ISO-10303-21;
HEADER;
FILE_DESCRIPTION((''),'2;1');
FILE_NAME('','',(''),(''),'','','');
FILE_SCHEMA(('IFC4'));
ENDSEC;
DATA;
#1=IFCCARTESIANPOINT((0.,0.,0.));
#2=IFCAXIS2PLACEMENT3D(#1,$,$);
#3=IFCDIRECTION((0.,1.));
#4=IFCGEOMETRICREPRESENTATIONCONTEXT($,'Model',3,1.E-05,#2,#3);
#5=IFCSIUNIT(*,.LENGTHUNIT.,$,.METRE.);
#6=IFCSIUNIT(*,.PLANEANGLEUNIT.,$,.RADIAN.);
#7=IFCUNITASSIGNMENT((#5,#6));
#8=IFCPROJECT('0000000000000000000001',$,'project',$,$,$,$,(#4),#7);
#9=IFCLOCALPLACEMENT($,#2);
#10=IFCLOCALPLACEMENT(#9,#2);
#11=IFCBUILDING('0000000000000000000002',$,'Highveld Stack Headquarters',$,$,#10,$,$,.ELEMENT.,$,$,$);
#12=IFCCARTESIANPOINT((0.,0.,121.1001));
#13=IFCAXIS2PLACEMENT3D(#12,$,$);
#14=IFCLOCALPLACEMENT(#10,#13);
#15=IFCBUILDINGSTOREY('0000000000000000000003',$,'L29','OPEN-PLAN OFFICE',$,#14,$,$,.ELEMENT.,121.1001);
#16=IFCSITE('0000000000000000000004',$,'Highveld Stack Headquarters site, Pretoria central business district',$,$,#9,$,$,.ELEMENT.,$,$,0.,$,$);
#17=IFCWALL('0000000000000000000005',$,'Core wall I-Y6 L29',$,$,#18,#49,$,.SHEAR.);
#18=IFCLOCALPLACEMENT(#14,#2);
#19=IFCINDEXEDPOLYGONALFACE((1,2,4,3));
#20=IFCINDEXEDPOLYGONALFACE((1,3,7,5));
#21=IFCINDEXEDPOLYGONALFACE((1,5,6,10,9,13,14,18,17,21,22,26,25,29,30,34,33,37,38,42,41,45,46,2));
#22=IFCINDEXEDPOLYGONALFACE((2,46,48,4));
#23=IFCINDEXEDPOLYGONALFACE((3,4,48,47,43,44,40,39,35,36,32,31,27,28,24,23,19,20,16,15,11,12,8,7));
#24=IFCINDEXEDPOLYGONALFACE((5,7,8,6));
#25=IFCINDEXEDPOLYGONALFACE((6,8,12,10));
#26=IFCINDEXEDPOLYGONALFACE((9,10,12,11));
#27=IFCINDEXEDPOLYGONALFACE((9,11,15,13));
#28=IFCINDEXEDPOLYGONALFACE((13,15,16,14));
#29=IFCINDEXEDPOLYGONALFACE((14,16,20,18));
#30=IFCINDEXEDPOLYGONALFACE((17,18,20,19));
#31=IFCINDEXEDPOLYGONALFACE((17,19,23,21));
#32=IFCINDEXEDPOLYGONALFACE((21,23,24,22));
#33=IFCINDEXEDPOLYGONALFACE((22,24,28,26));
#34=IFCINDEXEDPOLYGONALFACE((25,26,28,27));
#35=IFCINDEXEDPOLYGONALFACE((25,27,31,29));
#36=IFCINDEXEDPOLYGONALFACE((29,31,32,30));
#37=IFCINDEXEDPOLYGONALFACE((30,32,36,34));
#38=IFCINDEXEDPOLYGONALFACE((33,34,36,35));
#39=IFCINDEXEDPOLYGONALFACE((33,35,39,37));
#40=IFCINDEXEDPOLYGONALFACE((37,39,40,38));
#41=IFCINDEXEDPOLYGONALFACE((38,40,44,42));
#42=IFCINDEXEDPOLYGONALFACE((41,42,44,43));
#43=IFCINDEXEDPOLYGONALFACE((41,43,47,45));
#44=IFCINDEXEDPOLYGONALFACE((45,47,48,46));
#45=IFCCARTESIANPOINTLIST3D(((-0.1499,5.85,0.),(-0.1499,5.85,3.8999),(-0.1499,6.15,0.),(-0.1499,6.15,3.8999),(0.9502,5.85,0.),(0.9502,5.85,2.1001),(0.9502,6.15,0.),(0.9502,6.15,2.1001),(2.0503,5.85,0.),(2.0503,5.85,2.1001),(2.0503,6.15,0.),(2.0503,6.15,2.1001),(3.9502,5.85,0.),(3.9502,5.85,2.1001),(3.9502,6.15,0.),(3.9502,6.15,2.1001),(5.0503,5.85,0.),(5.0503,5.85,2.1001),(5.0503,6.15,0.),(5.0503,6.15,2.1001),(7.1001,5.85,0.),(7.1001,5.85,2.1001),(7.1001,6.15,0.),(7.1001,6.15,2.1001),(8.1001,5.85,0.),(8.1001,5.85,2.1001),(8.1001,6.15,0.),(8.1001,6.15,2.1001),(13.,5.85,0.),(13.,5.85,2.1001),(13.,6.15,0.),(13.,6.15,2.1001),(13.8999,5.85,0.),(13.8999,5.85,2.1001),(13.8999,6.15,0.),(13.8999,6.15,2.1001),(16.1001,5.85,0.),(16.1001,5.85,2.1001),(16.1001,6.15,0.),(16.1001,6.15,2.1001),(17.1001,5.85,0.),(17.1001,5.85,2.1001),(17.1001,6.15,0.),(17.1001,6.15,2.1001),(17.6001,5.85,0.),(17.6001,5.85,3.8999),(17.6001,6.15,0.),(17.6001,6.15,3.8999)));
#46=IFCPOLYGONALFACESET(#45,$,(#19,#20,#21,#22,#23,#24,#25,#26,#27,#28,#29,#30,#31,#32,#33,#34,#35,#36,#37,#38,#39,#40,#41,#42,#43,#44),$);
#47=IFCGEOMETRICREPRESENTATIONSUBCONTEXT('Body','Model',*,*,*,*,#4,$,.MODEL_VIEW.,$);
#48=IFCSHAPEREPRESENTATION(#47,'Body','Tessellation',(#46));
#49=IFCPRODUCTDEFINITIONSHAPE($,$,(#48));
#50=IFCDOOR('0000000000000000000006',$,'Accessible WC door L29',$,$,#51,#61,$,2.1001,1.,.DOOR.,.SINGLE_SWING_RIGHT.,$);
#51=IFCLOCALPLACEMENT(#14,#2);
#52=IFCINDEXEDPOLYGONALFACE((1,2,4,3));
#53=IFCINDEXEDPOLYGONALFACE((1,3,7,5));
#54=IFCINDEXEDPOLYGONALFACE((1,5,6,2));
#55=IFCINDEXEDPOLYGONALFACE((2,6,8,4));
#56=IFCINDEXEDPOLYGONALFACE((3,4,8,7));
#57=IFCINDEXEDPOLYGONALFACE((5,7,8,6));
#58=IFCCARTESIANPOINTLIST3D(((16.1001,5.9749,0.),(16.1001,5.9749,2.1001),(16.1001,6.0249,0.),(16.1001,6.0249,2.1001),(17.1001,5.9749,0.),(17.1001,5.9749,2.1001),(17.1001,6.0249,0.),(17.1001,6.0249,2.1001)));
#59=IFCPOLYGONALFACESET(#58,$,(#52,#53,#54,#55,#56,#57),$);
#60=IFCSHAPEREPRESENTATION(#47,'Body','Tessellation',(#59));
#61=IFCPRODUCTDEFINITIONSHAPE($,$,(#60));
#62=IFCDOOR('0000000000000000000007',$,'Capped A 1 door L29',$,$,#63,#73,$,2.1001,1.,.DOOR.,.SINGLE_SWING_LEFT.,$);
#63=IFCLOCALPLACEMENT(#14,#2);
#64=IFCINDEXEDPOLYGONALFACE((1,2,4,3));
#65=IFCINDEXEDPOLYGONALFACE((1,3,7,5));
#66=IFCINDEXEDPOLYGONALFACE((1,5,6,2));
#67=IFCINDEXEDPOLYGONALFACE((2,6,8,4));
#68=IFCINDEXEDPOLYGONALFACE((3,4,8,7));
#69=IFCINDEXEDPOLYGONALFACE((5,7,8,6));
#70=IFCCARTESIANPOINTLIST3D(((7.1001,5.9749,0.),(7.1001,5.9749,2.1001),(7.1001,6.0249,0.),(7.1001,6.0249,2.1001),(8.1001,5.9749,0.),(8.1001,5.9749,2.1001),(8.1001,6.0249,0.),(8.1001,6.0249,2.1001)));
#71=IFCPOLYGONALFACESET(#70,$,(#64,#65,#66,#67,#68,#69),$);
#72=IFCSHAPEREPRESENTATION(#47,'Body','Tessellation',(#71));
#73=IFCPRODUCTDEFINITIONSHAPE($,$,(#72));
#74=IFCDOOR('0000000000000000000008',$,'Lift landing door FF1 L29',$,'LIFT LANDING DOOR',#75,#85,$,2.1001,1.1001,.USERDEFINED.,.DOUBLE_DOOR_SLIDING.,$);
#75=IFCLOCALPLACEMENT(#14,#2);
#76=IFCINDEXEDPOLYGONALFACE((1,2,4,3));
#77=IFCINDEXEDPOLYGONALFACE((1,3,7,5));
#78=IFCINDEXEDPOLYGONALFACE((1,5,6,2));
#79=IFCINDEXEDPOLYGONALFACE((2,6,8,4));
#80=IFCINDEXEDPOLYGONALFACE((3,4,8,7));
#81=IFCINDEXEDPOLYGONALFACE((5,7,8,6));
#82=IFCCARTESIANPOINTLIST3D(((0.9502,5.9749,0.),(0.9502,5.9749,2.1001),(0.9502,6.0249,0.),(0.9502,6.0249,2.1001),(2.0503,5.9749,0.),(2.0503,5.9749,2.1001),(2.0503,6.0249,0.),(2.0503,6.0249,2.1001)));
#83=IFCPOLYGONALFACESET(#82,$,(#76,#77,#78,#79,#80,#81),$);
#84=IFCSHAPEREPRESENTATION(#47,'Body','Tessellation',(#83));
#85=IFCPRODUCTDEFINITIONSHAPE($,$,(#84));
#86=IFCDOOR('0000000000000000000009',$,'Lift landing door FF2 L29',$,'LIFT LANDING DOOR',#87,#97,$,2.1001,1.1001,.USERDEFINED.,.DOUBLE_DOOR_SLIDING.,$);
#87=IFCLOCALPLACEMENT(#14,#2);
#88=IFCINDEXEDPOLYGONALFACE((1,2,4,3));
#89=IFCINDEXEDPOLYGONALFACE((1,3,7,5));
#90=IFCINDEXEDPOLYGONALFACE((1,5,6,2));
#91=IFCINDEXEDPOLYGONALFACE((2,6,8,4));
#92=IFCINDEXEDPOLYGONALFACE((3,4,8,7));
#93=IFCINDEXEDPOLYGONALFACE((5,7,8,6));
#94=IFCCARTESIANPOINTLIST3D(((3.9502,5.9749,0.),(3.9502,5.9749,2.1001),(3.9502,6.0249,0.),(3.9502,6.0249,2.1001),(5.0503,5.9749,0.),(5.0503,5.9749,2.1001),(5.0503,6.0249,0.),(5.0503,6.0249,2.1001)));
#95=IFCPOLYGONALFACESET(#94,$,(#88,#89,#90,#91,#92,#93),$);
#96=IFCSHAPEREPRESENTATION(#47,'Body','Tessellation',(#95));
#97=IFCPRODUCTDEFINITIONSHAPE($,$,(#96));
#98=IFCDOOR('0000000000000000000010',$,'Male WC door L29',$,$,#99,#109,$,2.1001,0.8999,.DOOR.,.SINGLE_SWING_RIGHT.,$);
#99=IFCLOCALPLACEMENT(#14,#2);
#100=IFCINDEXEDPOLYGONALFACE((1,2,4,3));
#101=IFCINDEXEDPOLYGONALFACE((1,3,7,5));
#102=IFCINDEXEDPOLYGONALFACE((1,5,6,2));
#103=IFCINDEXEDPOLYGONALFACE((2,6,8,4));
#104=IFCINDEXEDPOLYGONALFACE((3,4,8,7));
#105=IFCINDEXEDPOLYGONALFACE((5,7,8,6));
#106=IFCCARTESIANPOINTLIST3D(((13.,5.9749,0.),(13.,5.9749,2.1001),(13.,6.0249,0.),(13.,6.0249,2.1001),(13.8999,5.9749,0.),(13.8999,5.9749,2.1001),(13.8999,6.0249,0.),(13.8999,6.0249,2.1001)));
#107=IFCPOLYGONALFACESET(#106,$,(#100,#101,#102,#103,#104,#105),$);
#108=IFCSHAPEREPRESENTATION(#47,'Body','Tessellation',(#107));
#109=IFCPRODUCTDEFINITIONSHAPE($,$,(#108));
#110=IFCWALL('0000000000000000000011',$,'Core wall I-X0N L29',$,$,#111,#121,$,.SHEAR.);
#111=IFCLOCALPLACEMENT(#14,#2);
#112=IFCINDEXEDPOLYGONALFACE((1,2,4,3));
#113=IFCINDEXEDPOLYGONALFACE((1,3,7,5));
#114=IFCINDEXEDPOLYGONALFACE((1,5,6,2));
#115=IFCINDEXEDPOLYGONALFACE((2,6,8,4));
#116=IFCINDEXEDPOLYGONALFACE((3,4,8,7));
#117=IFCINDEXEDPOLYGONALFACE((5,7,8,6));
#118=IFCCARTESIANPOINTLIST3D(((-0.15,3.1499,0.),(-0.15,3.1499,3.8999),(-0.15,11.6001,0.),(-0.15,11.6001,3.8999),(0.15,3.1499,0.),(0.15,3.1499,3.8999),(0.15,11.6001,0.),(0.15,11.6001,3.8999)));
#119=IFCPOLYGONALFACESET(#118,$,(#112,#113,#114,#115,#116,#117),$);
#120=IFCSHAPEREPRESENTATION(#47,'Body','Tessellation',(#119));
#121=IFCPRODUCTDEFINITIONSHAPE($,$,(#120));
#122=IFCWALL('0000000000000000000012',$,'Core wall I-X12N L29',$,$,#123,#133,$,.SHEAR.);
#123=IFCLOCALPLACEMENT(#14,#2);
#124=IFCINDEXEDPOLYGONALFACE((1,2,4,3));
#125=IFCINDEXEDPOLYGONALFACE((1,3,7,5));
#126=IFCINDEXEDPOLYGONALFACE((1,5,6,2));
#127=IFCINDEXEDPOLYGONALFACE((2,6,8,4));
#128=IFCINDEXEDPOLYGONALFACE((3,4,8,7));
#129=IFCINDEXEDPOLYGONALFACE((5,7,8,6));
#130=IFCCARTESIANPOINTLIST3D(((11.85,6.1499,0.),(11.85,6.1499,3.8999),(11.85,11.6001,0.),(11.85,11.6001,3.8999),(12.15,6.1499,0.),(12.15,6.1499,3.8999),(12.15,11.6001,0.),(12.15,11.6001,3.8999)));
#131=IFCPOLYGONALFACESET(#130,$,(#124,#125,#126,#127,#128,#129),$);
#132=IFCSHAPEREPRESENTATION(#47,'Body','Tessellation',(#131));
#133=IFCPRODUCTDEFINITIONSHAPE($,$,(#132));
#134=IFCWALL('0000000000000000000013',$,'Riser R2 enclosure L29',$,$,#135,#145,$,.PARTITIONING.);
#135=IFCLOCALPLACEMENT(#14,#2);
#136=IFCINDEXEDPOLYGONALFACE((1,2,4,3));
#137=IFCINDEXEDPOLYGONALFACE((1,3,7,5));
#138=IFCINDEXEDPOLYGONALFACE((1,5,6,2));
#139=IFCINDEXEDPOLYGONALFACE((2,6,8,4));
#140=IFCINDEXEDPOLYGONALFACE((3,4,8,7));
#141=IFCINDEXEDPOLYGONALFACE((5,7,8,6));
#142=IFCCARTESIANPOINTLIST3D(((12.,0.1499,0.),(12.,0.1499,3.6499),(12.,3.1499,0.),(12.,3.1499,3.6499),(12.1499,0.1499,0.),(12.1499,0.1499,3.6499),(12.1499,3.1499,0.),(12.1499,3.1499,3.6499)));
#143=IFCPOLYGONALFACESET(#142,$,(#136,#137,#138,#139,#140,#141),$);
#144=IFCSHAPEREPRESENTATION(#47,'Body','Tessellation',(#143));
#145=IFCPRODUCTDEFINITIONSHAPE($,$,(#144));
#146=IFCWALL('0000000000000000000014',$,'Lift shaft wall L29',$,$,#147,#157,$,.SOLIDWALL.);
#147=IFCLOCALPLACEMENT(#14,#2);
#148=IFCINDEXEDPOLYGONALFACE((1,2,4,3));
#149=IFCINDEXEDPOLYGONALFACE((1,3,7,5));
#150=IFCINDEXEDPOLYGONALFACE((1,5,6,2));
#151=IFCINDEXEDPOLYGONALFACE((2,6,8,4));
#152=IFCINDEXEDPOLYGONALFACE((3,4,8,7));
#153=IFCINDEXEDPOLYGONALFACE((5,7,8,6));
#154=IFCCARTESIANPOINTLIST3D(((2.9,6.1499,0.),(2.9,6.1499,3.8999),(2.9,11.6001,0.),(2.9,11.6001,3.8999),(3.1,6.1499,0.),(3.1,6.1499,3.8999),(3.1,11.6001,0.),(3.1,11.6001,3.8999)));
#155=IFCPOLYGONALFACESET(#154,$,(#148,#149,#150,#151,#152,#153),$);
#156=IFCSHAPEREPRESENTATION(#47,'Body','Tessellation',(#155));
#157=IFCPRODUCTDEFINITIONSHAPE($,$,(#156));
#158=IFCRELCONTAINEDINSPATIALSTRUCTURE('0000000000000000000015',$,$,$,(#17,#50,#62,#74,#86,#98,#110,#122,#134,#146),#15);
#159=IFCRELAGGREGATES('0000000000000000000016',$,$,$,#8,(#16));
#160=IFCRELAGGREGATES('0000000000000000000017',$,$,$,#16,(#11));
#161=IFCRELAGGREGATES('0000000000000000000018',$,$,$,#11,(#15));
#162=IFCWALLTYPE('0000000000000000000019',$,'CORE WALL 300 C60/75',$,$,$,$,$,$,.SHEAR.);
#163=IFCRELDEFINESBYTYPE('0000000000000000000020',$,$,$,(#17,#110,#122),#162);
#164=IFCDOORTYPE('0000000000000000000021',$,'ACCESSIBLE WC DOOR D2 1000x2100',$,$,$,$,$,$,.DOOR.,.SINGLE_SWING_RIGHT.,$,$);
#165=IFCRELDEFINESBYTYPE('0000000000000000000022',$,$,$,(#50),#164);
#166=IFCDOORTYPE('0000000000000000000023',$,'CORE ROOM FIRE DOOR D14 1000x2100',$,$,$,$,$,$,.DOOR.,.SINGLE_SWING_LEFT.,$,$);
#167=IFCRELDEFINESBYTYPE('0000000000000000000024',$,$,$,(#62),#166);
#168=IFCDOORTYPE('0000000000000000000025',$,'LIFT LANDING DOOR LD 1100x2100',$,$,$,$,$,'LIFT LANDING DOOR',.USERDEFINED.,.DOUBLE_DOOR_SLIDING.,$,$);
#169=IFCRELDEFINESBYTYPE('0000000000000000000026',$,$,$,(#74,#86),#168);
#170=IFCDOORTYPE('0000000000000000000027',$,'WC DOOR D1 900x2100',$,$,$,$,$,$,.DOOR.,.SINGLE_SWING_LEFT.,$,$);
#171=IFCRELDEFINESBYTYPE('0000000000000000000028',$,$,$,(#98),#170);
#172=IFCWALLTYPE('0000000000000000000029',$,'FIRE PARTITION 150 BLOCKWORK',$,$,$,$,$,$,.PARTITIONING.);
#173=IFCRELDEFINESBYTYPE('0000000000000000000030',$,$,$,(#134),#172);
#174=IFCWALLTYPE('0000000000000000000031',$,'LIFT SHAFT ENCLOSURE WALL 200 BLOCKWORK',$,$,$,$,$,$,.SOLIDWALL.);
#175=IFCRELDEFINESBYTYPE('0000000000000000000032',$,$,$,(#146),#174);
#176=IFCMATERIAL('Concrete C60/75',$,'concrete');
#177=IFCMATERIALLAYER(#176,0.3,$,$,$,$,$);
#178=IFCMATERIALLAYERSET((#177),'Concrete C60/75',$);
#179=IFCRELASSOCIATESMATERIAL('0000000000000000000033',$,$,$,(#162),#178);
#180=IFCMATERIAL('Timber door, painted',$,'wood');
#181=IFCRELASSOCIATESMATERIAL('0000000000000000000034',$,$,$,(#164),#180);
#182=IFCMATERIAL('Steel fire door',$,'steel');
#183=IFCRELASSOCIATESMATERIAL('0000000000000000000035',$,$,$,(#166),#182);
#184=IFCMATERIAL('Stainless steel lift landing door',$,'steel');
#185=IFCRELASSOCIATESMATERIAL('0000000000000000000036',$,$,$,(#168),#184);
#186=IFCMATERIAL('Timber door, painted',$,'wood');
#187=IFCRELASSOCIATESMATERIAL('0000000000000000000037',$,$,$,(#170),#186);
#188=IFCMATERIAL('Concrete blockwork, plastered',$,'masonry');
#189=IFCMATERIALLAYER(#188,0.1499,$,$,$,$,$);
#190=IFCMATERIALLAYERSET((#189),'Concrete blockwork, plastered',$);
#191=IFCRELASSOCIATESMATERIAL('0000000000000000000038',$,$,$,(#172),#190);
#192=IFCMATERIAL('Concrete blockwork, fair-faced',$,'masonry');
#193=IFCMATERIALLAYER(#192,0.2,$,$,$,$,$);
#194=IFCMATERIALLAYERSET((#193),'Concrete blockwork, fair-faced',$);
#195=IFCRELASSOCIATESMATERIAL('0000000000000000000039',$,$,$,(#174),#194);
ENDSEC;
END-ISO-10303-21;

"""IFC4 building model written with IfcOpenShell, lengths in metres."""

from ifc_helpers import new_model, si_unit, direction, frame, frame_2d, origin, place, context, subcontext, project, spatial, rectangle, extrude, material, layer, layer_set, type_object, element, fill, save


model = new_model("IFC4")

# Units and contexts
model_context = context("Model", 3, precision=1e-05, world=origin(), true_north=direction((0.0, 1.0)))
body_context = subcontext(model_context, "Body", "Model", "MODEL_VIEW")
ifc_project = project(units=[si_unit("LENGTHUNIT", "METRE"), si_unit("PLANEANGLEUNIT", "RADIAN")], contexts=[model_context])

# Site, building, storey
site_placement = place(None, origin())
site = spatial("IfcSite", under=ifc_project, at=site_placement, Name="Highveld Stack Headquarters site, Pretoria central business district", CompositionType="ELEMENT", RefElevation=0.0)
building_placement = place(site_placement, origin())
building = spatial("IfcBuilding", under=site, at=building_placement, Name="Highveld Stack Headquarters", CompositionType="ELEMENT")
storey_placement = place(building_placement, frame((0.0, 0.0, 121.1001)))
storey = spatial("IfcBuildingStorey", under=building, at=storey_placement, Name="L29", Description="OPEN-PLAN OFFICE", CompositionType="ELEMENT", Elevation=121.1001)

# Wall, openings, doors
ifc_material_1 = material(Name="Concrete C60/75", Category="concrete")
ifc_layer_1 = layer(ifc_material_1, 0.3)
ifc_layer_set_1 = layer_set([ifc_layer_1], Name="Concrete C60/75")
wall_type_1 = type_object("IfcWallType", Name="CORE WALL 300 C60/75", PredefinedType="SHEAR", material=ifc_layer_set_1)
wall_1_placement = place(storey_placement, frame((-0.1499, 6.0, 0.0), z_axis=(0.0, 0.0, 1.0), x_axis=(1.0, 0.0, 0.0)))
wall_1 = element("IfcWall", 1, at=wall_1_placement, inside=storey, type_object=wall_type_1, Name="Core wall I-Y6 L29", PredefinedType="SHEAR", context=body_context, shape_type="SweptSolid", body=[
    extrude(rectangle(XDim=17.75, YDim=0.3, at=frame_2d((8.875, 0.0))), origin(), (0.0, 0.0, 1.0), 3.8999),
])
opening_1_placement = place(wall_1_placement, frame((13.1499, 0.0, 0.0)))
opening_1 = element("IfcOpeningElement", 2, at=opening_1_placement, cuts=wall_1, PredefinedType="OPENING", context=body_context, shape_type="SweptSolid", body=[
    extrude(rectangle(XDim=0.8999, YDim=2.1001, at=frame_2d((0.45, 1.05))), frame((0.0, 0.1599, 0.0), z_axis=(0.0, -1.0, 0.0), x_axis=(1.0, 0.0, 0.0)), (0.0, 0.0, 1.0), 0.3201),
])
opening_2_placement = place(wall_1_placement, frame((16.25, 0.0, 0.0)))
opening_2 = element("IfcOpeningElement", 3, at=opening_2_placement, cuts=wall_1, PredefinedType="OPENING", context=body_context, shape_type="SweptSolid", body=[
    extrude(rectangle(XDim=1.0, YDim=2.1001, at=frame_2d((0.5, 1.05))), frame((0.0, 0.1599, 0.0), z_axis=(0.0, -1.0, 0.0), x_axis=(1.0, 0.0, 0.0)), (0.0, 0.0, 1.0), 0.3201),
])
opening_3_placement = place(wall_1_placement, frame((7.25, 0.0, 0.0)))
opening_3 = element("IfcOpeningElement", 4, at=opening_3_placement, cuts=wall_1, PredefinedType="OPENING", context=body_context, shape_type="SweptSolid", body=[
    extrude(rectangle(XDim=1.0, YDim=2.1001, at=frame_2d((0.5, 1.05))), frame((0.0, 0.1599, 0.0), z_axis=(0.0, -1.0, 0.0), x_axis=(1.0, 0.0, 0.0)), (0.0, 0.0, 1.0), 0.3201),
])
opening_4_placement = place(wall_1_placement, frame((1.1001, 0.0, 0.0)))
opening_4 = element("IfcOpeningElement", 5, at=opening_4_placement, cuts=wall_1, PredefinedType="OPENING", context=body_context, shape_type="SweptSolid", body=[
    extrude(rectangle(XDim=1.1001, YDim=2.1001, at=frame_2d((0.55, 1.05))), frame((0.0, 0.1599, 0.0), z_axis=(0.0, -1.0, 0.0), x_axis=(1.0, 0.0, 0.0)), (0.0, 0.0, 1.0), 0.3201),
])
opening_5_placement = place(wall_1_placement, frame((4.1001, 0.0, 0.0)))
opening_5 = element("IfcOpeningElement", 6, at=opening_5_placement, cuts=wall_1, PredefinedType="OPENING", context=body_context, shape_type="SweptSolid", body=[
    extrude(rectangle(XDim=1.1001, YDim=2.1001, at=frame_2d((0.55, 1.05))), frame((0.0, 0.1599, 0.0), z_axis=(0.0, -1.0, 0.0), x_axis=(1.0, 0.0, 0.0)), (0.0, 0.0, 1.0), 0.3201),
])
ifc_material_2 = material(Name="Timber door, painted", Category="wood")
door_type_1 = type_object("IfcDoorType", Name="ACCESSIBLE WC DOOR D2 1000x2100", OperationType="SINGLE_SWING_RIGHT", PredefinedType="DOOR", material=ifc_material_2)
door_1_placement = place(opening_2_placement, origin())
door_1 = element("IfcDoor", 7, at=door_1_placement, inside=storey, type_object=door_type_1, Name="Accessible WC door L29", OperationType="SINGLE_SWING_RIGHT", OverallHeight=2.1001, OverallWidth=1.0, PredefinedType="DOOR", context=body_context, shape_type="SweptSolid", body=[
    extrude(rectangle(XDim=1.0, YDim=2.1001, at=frame_2d((0.5, 1.05))), frame((0.0, 0.0249, 0.0), z_axis=(0.0, -1.0, 0.0), x_axis=(1.0, 0.0, 0.0)), (0.0, 0.0, 1.0), 0.05),
])
fill(opening_2, door_1)
ifc_material_3 = material(Name="Steel fire door", Category="steel")
door_type_2 = type_object("IfcDoorType", Name="CORE ROOM FIRE DOOR D14 1000x2100", OperationType="SINGLE_SWING_LEFT", PredefinedType="DOOR", material=ifc_material_3)
door_2_placement = place(opening_3_placement, origin())
door_2 = element("IfcDoor", 8, at=door_2_placement, inside=storey, type_object=door_type_2, Name="Capped A 1 door L29", OperationType="SINGLE_SWING_LEFT", OverallHeight=2.1001, OverallWidth=1.0, PredefinedType="DOOR", context=body_context, shape_type="SweptSolid", body=[
    extrude(rectangle(XDim=1.0, YDim=2.1001, at=frame_2d((0.5, 1.05))), frame((0.0, 0.0249, 0.0), z_axis=(0.0, -1.0, 0.0), x_axis=(1.0, 0.0, 0.0)), (0.0, 0.0, 1.0), 0.05),
])
fill(opening_3, door_2)
ifc_material_4 = material(Name="Stainless steel lift landing door", Category="steel")
door_type_3 = type_object("IfcDoorType", Name="LIFT LANDING DOOR LD 1100x2100", ElementType="LIFT LANDING DOOR", OperationType="DOUBLE_DOOR_SLIDING", PredefinedType="USERDEFINED", material=ifc_material_4)
door_3_placement = place(opening_4_placement, origin())
door_3 = element("IfcDoor", 9, at=door_3_placement, inside=storey, type_object=door_type_3, Name="Lift landing door FF1 L29", ObjectType="LIFT LANDING DOOR", OperationType="DOUBLE_DOOR_SLIDING", OverallHeight=2.1001, OverallWidth=1.1001, PredefinedType="USERDEFINED", context=body_context, shape_type="SweptSolid", body=[
    extrude(rectangle(XDim=1.1001, YDim=2.1001, at=frame_2d((0.55, 1.05))), frame((0.0, 0.0249, 0.0), z_axis=(0.0, -1.0, 0.0), x_axis=(1.0, 0.0, 0.0)), (0.0, 0.0, 1.0), 0.05),
])
fill(opening_4, door_3)
door_4_placement = place(opening_5_placement, origin())
door_4 = element("IfcDoor", 10, at=door_4_placement, inside=storey, type_object=door_type_3, Name="Lift landing door FF2 L29", ObjectType="LIFT LANDING DOOR", OperationType="DOUBLE_DOOR_SLIDING", OverallHeight=2.1001, OverallWidth=1.1001, PredefinedType="USERDEFINED", context=body_context, shape_type="SweptSolid", body=[
    extrude(rectangle(XDim=1.1001, YDim=2.1001, at=frame_2d((0.55, 1.05))), frame((0.0, 0.0249, 0.0), z_axis=(0.0, -1.0, 0.0), x_axis=(1.0, 0.0, 0.0)), (0.0, 0.0, 1.0), 0.05),
])
fill(opening_5, door_4)
ifc_material_5 = material(Name="Timber door, painted", Category="wood")
door_type_4 = type_object("IfcDoorType", Name="WC DOOR D1 900x2100", OperationType="SINGLE_SWING_LEFT", PredefinedType="DOOR", material=ifc_material_5)
door_5_placement = place(opening_1_placement, origin())
door_5 = element("IfcDoor", 11, at=door_5_placement, inside=storey, type_object=door_type_4, Name="Male WC door L29", OperationType="SINGLE_SWING_RIGHT", OverallHeight=2.1001, OverallWidth=0.8999, PredefinedType="DOOR", context=body_context, shape_type="SweptSolid", body=[
    extrude(rectangle(XDim=0.8999, YDim=2.1001, at=frame_2d((0.45, 1.05))), frame((0.0, 0.0249, 0.0), z_axis=(0.0, -1.0, 0.0), x_axis=(1.0, 0.0, 0.0)), (0.0, 0.0, 1.0), 0.05),
])
fill(opening_1, door_5)

# Walls
wall_2_placement = place(storey_placement, frame((0.0, 3.1499, 0.0), z_axis=(0.0, 0.0, 1.0), x_axis=(0.0, 1.0, 0.0)))
element("IfcWall", 12, at=wall_2_placement, inside=storey, type_object=wall_type_1, Name="Core wall I-X0N L29", PredefinedType="SHEAR", context=body_context, shape_type="SweptSolid", body=[
    extrude(rectangle(XDim=8.4502, YDim=0.3, at=frame_2d((4.2251, 0.0))), origin(), (0.0, 0.0, 1.0), 3.8999),
])
wall_3_placement = place(storey_placement, frame((12.0, 6.1499, 0.0), z_axis=(0.0, 0.0, 1.0), x_axis=(0.0, 1.0, 0.0)))
element("IfcWall", 13, at=wall_3_placement, inside=storey, type_object=wall_type_1, Name="Core wall I-X12N L29", PredefinedType="SHEAR", context=body_context, shape_type="SweptSolid", body=[
    extrude(rectangle(XDim=5.4502, YDim=0.3, at=frame_2d((2.7251, 0.0))), origin(), (0.0, 0.0, 1.0), 3.8999),
])
ifc_material_6 = material(Name="Concrete blockwork, plastered", Category="masonry")
ifc_layer_2 = layer(ifc_material_6, 0.1499)
ifc_layer_set_2 = layer_set([ifc_layer_2], Name="Concrete blockwork, plastered")
wall_type_2 = type_object("IfcWallType", Name="FIRE PARTITION 150 BLOCKWORK", PredefinedType="PARTITIONING", material=ifc_layer_set_2)
wall_4_placement = place(storey_placement, frame((12.075, 0.1499, 0.0), z_axis=(0.0, 0.0, 1.0), x_axis=(0.0, 1.0, 0.0)))
element("IfcWall", 14, at=wall_4_placement, inside=storey, type_object=wall_type_2, Name="Riser R2 enclosure L29", PredefinedType="PARTITIONING", context=body_context, shape_type="SweptSolid", body=[
    extrude(rectangle(XDim=3.0, YDim=0.1499, at=frame_2d((1.5, 0.0))), origin(), (0.0, 0.0, 1.0), 3.6499),
])
ifc_material_7 = material(Name="Concrete blockwork, fair-faced", Category="masonry")
ifc_layer_3 = layer(ifc_material_7, 0.2)
ifc_layer_set_3 = layer_set([ifc_layer_3], Name="Concrete blockwork, fair-faced")
wall_type_3 = type_object("IfcWallType", Name="LIFT SHAFT ENCLOSURE WALL 200 BLOCKWORK", PredefinedType="SOLIDWALL", material=ifc_layer_set_3)
for number, where, z_axis, x_axis, name in (
    (15, (3.0, 6.1499, 0.0), (0.0, 0.0, 1.0), (0.0, 1.0, 0.0), "Lift shaft wall L29"),
):
    element("IfcWall", number, at=place(storey_placement, frame(where, z_axis=z_axis, x_axis=x_axis)), inside=storey, type_object=wall_type_3, Name=name, PredefinedType="SOLIDWALL", context=body_context, shape_type="SweptSolid", body=[
        extrude(rectangle(XDim=5.4502, YDim=0.2, at=frame_2d((2.7251, 0.0))), origin(), (0.0, 0.0, 1.0), 3.8999),
    ])

save(model, "model.ifc")
